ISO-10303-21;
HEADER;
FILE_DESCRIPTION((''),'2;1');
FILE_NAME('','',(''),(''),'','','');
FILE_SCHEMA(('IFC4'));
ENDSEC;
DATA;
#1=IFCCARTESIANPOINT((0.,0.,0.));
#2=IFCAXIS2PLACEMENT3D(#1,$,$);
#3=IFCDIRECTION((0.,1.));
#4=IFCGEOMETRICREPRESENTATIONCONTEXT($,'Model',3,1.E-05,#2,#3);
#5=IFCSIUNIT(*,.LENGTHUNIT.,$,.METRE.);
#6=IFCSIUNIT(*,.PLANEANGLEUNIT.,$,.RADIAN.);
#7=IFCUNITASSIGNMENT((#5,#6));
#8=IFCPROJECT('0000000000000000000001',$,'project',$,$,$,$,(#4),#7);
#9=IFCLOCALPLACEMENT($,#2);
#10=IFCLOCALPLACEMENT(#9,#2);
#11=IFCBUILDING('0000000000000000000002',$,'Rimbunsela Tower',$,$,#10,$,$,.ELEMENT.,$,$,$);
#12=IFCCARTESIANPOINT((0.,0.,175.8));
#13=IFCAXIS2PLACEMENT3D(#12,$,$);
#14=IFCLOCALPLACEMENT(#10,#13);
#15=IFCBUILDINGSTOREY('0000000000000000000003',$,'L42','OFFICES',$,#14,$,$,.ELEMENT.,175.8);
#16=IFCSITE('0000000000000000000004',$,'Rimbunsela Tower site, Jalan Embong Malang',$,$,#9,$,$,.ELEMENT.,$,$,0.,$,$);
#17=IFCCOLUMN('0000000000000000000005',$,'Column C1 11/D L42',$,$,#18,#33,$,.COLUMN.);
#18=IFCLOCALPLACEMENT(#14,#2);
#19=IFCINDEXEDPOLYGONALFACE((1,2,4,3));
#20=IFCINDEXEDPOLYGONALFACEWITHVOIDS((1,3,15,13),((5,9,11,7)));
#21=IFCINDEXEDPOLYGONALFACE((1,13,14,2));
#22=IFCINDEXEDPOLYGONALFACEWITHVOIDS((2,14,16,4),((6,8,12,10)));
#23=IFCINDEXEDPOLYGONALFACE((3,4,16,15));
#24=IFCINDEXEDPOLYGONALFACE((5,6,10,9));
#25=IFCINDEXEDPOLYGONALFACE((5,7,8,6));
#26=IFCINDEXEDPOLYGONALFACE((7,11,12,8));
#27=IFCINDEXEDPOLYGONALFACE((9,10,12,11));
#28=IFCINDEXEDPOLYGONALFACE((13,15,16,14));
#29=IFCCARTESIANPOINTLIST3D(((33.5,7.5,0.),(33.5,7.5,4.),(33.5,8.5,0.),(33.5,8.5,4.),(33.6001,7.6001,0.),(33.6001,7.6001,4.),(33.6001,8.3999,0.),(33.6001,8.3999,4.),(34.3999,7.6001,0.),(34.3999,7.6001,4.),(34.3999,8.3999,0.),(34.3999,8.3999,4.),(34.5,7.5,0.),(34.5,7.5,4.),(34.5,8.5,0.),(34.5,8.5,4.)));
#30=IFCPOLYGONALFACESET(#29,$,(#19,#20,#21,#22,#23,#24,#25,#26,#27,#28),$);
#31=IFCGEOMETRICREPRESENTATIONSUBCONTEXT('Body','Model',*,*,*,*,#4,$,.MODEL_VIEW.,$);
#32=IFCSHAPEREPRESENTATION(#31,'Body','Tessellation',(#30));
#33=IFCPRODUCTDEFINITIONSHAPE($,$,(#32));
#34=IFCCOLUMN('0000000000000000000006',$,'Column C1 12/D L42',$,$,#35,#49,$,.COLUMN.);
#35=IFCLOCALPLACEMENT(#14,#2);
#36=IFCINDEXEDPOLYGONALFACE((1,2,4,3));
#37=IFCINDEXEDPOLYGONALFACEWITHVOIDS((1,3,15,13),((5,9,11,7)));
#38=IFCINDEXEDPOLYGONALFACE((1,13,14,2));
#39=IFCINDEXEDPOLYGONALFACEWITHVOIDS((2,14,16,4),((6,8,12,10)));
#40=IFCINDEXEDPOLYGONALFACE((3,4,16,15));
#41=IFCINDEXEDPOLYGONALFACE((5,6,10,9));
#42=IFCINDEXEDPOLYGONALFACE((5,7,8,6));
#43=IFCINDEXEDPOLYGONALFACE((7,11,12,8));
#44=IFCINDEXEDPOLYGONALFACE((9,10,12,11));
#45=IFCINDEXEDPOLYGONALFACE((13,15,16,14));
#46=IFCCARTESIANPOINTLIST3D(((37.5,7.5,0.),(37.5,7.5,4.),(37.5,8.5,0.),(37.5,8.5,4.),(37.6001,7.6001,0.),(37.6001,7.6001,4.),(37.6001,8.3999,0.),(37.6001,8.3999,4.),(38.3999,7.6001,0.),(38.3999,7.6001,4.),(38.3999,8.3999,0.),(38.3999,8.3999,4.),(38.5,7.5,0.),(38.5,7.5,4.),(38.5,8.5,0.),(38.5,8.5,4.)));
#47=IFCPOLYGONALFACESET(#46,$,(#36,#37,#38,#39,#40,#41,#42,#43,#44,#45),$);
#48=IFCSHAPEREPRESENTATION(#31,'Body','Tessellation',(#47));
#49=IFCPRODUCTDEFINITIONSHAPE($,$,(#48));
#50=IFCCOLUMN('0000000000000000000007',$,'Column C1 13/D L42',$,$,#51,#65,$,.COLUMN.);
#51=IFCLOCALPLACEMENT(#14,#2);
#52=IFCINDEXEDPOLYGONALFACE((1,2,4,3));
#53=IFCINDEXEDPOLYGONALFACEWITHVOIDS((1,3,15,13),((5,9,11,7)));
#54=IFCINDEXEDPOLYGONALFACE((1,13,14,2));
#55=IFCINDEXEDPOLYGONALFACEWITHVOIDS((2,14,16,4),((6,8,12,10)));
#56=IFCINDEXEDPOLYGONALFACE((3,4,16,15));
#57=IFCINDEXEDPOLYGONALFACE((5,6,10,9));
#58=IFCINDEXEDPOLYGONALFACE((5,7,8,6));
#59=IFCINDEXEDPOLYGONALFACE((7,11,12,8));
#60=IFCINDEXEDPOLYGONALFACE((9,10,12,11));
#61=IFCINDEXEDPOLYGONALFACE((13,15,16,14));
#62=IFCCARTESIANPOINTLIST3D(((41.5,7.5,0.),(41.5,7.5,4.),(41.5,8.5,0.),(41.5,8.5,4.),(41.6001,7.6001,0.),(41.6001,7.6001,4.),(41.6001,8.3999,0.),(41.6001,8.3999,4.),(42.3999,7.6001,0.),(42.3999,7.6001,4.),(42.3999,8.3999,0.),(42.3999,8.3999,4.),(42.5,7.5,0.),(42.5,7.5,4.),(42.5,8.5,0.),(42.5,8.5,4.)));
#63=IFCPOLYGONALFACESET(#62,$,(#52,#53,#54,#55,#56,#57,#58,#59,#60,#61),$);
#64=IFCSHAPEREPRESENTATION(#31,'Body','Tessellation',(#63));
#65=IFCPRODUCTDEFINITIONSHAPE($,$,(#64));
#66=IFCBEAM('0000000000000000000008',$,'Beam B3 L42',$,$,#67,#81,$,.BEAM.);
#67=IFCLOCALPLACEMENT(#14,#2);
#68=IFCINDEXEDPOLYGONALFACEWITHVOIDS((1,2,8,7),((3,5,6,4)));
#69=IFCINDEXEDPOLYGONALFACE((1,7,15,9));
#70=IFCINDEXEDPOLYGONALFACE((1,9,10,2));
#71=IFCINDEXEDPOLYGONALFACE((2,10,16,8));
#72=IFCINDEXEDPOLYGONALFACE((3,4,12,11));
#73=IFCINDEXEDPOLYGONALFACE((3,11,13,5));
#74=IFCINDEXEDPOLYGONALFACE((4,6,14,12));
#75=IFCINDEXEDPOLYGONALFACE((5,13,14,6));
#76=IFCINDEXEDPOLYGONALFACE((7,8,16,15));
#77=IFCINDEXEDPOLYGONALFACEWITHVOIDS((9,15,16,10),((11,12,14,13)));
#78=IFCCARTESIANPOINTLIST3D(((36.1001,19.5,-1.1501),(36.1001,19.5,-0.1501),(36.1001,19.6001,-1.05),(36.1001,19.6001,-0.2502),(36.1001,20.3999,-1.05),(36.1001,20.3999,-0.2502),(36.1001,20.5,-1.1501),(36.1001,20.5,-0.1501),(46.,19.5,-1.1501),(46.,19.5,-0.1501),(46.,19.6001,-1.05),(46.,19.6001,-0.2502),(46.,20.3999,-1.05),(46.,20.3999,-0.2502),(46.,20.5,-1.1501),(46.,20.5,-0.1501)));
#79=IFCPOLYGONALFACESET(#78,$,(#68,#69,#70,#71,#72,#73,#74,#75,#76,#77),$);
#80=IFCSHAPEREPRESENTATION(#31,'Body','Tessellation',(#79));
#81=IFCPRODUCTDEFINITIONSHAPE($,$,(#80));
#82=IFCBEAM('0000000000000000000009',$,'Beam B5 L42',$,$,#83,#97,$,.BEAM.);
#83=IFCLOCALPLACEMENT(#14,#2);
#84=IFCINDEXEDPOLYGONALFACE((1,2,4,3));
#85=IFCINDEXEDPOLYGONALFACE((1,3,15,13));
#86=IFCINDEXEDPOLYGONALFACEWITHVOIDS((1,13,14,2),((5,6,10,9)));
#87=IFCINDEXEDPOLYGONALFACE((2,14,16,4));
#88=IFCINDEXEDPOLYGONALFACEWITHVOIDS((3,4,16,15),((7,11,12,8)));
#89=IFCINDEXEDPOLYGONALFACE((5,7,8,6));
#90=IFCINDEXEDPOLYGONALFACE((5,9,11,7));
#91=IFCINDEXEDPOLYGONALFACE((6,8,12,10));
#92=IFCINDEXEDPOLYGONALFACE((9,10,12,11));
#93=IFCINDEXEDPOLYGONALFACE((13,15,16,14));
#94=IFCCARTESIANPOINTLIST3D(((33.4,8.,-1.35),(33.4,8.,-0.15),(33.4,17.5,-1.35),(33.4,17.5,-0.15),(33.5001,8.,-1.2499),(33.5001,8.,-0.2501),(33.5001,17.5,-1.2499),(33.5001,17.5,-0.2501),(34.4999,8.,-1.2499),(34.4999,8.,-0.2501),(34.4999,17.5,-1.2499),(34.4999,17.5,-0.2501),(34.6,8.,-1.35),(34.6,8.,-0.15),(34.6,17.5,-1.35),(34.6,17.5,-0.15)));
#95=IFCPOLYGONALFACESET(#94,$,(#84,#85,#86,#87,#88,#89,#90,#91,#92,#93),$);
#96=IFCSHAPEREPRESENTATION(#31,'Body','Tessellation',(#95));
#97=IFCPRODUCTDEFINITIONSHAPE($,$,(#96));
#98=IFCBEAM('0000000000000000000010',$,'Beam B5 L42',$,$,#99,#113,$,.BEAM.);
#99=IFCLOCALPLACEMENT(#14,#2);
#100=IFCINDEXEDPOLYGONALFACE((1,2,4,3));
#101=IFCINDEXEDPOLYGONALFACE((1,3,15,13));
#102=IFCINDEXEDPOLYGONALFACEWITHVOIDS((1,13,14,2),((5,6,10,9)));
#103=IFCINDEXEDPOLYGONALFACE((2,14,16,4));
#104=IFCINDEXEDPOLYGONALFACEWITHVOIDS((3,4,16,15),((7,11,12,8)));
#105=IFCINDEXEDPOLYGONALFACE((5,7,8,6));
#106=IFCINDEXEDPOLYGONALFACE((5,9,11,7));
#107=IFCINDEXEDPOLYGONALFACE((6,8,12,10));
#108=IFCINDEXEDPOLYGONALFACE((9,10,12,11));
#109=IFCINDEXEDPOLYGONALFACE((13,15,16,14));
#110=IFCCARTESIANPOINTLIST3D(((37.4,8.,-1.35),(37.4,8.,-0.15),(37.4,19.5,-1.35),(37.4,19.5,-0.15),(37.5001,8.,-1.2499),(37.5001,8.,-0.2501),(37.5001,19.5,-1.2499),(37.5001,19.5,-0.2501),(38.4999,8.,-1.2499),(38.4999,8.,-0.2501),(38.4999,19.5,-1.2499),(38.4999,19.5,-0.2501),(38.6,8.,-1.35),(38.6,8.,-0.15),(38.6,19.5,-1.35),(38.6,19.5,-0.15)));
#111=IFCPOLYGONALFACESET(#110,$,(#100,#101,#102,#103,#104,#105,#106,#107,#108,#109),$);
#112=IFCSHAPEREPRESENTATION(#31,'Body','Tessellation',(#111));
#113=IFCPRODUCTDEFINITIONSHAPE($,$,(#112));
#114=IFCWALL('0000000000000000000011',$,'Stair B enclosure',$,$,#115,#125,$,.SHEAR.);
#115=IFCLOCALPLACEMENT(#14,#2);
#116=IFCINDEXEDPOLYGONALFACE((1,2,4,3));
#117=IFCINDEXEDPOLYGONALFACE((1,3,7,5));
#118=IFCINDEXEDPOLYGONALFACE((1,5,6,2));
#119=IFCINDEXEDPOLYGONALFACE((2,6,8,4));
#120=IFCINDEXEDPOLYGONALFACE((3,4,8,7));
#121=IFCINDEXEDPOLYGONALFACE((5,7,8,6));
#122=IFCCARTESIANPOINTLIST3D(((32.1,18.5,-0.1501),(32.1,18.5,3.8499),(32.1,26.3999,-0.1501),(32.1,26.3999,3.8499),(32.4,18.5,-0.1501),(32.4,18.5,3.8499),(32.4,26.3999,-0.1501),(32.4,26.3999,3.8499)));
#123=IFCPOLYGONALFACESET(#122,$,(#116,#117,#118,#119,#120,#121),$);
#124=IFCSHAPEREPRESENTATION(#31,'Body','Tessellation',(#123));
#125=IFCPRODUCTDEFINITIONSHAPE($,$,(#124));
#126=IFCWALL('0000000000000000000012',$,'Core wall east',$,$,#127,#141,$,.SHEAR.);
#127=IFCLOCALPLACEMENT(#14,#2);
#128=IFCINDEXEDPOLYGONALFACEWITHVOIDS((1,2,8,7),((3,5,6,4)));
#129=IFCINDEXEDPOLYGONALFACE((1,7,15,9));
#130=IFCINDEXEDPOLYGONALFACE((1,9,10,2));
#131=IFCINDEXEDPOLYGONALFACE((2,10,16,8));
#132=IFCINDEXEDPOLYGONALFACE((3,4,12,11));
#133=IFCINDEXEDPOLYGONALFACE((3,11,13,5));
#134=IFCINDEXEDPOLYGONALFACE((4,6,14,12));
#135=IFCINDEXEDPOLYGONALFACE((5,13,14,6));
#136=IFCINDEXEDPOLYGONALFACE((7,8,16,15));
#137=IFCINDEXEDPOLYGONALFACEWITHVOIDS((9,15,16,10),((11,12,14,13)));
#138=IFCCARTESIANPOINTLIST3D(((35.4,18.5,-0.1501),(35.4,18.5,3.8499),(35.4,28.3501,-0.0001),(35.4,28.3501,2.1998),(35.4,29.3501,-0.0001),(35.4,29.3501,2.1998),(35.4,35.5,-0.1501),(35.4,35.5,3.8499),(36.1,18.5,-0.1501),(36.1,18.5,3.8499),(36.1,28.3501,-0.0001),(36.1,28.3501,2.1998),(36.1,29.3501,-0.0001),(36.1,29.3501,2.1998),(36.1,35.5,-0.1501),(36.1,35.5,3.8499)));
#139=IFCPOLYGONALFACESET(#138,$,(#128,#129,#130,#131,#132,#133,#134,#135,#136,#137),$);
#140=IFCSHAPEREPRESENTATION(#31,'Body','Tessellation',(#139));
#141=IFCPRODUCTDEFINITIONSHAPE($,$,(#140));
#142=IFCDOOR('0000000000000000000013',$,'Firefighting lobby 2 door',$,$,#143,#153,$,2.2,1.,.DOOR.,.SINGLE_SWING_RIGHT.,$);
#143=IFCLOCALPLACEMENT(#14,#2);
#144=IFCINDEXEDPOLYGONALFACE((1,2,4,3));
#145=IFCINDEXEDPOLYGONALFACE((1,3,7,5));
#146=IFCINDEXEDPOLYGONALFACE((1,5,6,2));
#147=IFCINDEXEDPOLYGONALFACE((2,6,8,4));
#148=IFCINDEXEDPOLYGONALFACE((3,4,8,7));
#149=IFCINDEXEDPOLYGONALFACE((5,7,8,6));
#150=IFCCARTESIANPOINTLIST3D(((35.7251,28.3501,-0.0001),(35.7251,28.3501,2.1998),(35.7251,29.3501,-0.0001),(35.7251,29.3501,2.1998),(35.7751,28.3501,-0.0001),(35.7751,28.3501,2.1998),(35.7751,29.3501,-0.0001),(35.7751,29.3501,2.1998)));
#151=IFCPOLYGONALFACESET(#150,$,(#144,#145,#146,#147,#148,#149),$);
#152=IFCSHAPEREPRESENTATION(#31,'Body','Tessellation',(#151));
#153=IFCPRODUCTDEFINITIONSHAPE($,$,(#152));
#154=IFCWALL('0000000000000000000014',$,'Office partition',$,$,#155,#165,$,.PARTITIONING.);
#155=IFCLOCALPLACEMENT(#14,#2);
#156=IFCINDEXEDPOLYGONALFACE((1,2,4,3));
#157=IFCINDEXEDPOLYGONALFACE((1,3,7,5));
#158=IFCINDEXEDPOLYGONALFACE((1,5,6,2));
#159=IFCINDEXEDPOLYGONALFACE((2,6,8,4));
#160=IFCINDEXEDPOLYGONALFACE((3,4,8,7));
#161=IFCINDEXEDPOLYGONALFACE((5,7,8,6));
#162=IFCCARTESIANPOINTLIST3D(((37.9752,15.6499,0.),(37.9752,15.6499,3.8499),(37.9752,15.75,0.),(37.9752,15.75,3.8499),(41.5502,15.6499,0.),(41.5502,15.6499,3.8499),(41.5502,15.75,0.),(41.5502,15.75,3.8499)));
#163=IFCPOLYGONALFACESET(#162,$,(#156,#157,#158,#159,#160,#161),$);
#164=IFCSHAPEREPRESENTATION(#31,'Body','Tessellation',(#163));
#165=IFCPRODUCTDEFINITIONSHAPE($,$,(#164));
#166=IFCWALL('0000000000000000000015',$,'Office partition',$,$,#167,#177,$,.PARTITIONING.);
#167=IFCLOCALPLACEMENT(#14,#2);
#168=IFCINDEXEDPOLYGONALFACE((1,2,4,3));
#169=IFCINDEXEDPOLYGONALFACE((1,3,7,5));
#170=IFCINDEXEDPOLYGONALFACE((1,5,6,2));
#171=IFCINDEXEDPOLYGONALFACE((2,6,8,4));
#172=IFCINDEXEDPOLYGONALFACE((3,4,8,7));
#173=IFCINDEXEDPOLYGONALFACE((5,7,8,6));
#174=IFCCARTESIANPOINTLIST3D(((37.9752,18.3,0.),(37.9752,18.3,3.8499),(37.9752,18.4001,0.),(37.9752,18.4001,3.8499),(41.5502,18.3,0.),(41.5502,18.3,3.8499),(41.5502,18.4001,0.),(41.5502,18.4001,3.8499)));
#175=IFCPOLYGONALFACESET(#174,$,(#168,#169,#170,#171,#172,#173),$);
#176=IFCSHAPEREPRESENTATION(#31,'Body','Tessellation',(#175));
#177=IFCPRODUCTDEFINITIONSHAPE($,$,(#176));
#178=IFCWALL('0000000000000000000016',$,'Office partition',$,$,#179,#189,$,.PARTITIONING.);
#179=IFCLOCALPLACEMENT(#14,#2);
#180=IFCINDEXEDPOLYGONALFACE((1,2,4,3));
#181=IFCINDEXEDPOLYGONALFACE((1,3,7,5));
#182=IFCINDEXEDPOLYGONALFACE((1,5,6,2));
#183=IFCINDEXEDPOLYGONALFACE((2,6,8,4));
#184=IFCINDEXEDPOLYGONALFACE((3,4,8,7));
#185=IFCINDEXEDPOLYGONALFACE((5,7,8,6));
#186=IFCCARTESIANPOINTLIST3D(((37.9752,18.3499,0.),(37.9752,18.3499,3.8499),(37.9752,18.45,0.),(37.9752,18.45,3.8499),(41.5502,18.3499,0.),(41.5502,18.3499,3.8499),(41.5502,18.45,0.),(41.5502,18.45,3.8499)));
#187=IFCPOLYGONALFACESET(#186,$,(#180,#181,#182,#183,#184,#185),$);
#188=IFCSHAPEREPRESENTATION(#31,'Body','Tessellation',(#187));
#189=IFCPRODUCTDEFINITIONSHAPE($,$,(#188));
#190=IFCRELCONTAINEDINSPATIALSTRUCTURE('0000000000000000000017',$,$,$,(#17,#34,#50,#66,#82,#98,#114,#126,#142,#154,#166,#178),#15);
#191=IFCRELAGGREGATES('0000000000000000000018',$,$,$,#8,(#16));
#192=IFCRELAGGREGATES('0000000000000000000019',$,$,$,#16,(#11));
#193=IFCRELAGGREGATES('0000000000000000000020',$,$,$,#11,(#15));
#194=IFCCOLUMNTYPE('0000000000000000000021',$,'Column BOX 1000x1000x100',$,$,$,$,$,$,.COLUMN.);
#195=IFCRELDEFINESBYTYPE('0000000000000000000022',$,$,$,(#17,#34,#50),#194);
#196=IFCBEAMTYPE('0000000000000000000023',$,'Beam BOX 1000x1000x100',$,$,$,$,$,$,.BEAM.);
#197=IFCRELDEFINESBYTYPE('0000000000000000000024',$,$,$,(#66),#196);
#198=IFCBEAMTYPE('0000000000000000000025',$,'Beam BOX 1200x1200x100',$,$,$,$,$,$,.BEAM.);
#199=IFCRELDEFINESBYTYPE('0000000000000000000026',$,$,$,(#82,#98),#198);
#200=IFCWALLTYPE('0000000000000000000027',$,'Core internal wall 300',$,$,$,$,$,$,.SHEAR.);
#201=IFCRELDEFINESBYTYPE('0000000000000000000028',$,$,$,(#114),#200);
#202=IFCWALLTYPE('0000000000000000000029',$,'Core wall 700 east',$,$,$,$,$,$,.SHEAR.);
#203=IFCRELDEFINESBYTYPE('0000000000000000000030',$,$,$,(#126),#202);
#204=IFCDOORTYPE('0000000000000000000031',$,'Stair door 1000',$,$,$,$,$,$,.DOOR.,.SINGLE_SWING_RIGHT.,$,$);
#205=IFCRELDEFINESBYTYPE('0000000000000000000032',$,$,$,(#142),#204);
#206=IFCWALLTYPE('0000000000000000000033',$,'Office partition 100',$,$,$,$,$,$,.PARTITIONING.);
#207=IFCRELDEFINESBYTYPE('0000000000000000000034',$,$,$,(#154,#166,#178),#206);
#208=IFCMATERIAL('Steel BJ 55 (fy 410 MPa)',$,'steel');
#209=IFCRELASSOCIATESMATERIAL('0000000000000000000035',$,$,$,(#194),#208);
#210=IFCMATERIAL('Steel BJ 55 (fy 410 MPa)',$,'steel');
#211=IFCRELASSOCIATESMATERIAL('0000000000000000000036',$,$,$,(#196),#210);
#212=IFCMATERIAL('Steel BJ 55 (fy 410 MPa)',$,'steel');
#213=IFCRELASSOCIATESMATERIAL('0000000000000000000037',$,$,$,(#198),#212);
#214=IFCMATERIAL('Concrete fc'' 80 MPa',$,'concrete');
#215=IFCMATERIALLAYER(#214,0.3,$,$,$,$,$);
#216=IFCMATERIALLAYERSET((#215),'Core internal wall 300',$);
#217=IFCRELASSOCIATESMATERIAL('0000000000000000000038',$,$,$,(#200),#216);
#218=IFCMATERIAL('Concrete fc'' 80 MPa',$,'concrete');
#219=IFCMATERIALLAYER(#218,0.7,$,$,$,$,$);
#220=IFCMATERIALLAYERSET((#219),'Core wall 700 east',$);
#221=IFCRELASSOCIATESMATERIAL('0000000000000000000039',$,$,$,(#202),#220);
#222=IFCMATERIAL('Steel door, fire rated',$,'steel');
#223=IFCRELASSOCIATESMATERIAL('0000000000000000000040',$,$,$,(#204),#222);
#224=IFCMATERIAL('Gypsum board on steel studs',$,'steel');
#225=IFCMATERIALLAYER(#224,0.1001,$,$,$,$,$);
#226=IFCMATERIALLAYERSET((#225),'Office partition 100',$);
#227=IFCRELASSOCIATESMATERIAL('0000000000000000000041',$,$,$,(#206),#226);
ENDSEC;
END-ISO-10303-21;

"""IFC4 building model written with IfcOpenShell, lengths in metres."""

from ifc_helpers import new_model, si_unit, direction, frame, frame_2d, origin, origin_2d, place, context, subcontext, project, spatial, rectangle, hollow_rectangle, extrude, material, layer, layer_set, material_profile, profile_set, type_object, element, fill, save


model = new_model("IFC4")

# Units and contexts
model_context = context("Model", 3, precision=1e-05, world=origin(), true_north=direction((0.0, 1.0)))
body_context = subcontext(model_context, "Body", "Model", "MODEL_VIEW")
ifc_project = project(units=[si_unit("LENGTHUNIT", "METRE"), si_unit("PLANEANGLEUNIT", "RADIAN")], contexts=[model_context])

# Site, building, storey
site_placement = place(None, origin())
site = spatial("IfcSite", under=ifc_project, at=site_placement, Name="Rimbunsela Tower site, Jalan Embong Malang", CompositionType="ELEMENT", RefElevation=0.0)
building_placement = place(site_placement, origin())
building = spatial("IfcBuilding", under=site, at=building_placement, Name="Rimbunsela Tower", CompositionType="ELEMENT")
storey_placement = place(building_placement, frame((0.0, 0.0, 175.8)))
storey = spatial("IfcBuildingStorey", under=building, at=storey_placement, Name="L42", Description="OFFICES", CompositionType="ELEMENT", Elevation=175.8)

# Columns
ifc_material_1 = material(Name="Steel BJ 55 (fy 410 MPa)", Category="steel")
ifc_material_profile_1 = material_profile(ifc_material_1, hollow_rectangle(XDim=1.0, YDim=1.0, WallThickness=0.1001, at=origin_2d()), Name="BOX 1000x1000x100")
ifc_profile_set_1 = profile_set([ifc_material_profile_1], Name="Steel BJ 55 (fy 410 MPa)")
column_type = type_object("IfcColumnType", Name="Column BOX 1000x1000x100", PredefinedType="COLUMN", material=ifc_profile_set_1)
for number, where, z_axis, x_axis, name in (
    (1, (34.0, 8.0, 0.0), (0.0, 0.0, 1.0), (1.0, 0.0, 0.0), "Column C1 11/D L42"),
    (2, (38.0, 8.0, 0.0), (0.0, 0.0, 1.0), (1.0, 0.0, 0.0), "Column C1 12/D L42"),
    (3, (42.0, 8.0, 0.0), (0.0, 0.0, 1.0), (1.0, 0.0, 0.0), "Column C1 13/D L42"),
):
    element("IfcColumn", number, at=place(storey_placement, frame(where, z_axis=z_axis, x_axis=x_axis)), inside=storey, type_object=column_type, Name=name, PredefinedType="COLUMN", context=body_context, shape_type="SweptSolid", body=[
        extrude(hollow_rectangle(XDim=1.0, YDim=1.0, WallThickness=0.1001, at=origin_2d()), origin(), (0.0, 0.0, 1.0), 4.0),
    ])

# Beams
ifc_material_2 = material(Name="Steel BJ 55 (fy 410 MPa)", Category="steel")
ifc_material_profile_2 = material_profile(ifc_material_2, hollow_rectangle(XDim=1.0, YDim=1.0, WallThickness=0.1001, at=origin_2d()), Name="BOX 1000x1000x100")
ifc_profile_set_2 = profile_set([ifc_material_profile_2], Name="Steel BJ 55 (fy 410 MPa)")
beam_type_1 = type_object("IfcBeamType", Name="Beam BOX 1000x1000x100", PredefinedType="BEAM", material=ifc_profile_set_2)
beam_1_placement = place(storey_placement, frame((36.1001, 20.0, -0.6501), z_axis=(1.0, 0.0, 0.0), x_axis=(0.0, 1.0, 0.0)))
element("IfcBeam", 4, at=beam_1_placement, inside=storey, type_object=beam_type_1, Name="Beam B3 L42", PredefinedType="BEAM", context=body_context, shape_type="SweptSolid", body=[
    extrude(hollow_rectangle(XDim=1.0, YDim=1.0, WallThickness=0.1001, at=origin_2d()), origin(), (0.0, 0.0, 1.0), 9.8999),
])
ifc_material_3 = material(Name="Steel BJ 55 (fy 410 MPa)", Category="steel")
ifc_material_profile_3 = material_profile(ifc_material_3, hollow_rectangle(XDim=1.2, YDim=1.2, WallThickness=0.1001, at=origin_2d()), Name="BOX 1200x1200x100")
ifc_profile_set_3 = profile_set([ifc_material_profile_3], Name="Steel BJ 55 (fy 410 MPa)")
beam_type_2 = type_object("IfcBeamType", Name="Beam BOX 1200x1200x100", PredefinedType="BEAM", material=ifc_profile_set_3)
beam_2_placement = place(storey_placement, frame((34.0, 8.0, -0.75), z_axis=(0.0, 1.0, 0.0), x_axis=(-1.0, 0.0, 0.0)))
element("IfcBeam", 5, at=beam_2_placement, inside=storey, type_object=beam_type_2, Name="Beam B5 L42", PredefinedType="BEAM", context=body_context, shape_type="SweptSolid", body=[
    extrude(hollow_rectangle(XDim=1.2, YDim=1.2, WallThickness=0.1001, at=origin_2d()), origin(), (0.0, 0.0, 1.0), 9.5),
])
beam_3_placement = place(storey_placement, frame((38.0, 8.0, -0.75), z_axis=(0.0, 1.0, 0.0), x_axis=(-1.0, 0.0, 0.0)))
element("IfcBeam", 6, at=beam_3_placement, inside=storey, type_object=beam_type_2, Name="Beam B5 L42", PredefinedType="BEAM", context=body_context, shape_type="SweptSolid", body=[
    extrude(hollow_rectangle(XDim=1.2, YDim=1.2, WallThickness=0.1001, at=origin_2d()), origin(), (0.0, 0.0, 1.0), 11.5),
])

# Wall
ifc_material_4 = material(Name="Concrete fc' 80 MPa", Category="concrete")
ifc_layer_1 = layer(ifc_material_4, 0.3)
ifc_layer_set_1 = layer_set([ifc_layer_1], Name="Core internal wall 300")
wall_type_1 = type_object("IfcWallType", Name="Core internal wall 300", PredefinedType="SHEAR", material=ifc_layer_set_1)
wall_1_placement = place(storey_placement, frame((32.25, 18.5, -0.1501), z_axis=(0.0, 0.0, 1.0), x_axis=(0.0, 1.0, 0.0)))
element("IfcWall", 7, at=wall_1_placement, inside=storey, type_object=wall_type_1, Name="Stair B enclosure", PredefinedType="SHEAR", context=body_context, shape_type="SweptSolid", body=[
    extrude(rectangle(XDim=7.8999, YDim=0.3, at=frame_2d((3.95, 0.0))), origin(), (0.0, 0.0, 1.0), 4.0),
])

# Wall, opening, door
ifc_material_5 = material(Name="Concrete fc' 80 MPa", Category="concrete")
ifc_layer_2 = layer(ifc_material_5, 0.7)
ifc_layer_set_2 = layer_set([ifc_layer_2], Name="Core wall 700 east")
wall_type_2 = type_object("IfcWallType", Name="Core wall 700 east", PredefinedType="SHEAR", material=ifc_layer_set_2)
wall_2_placement = place(storey_placement, frame((35.75, 18.5, -0.1501), z_axis=(0.0, 0.0, 1.0), x_axis=(0.0, 1.0, 0.0)))
wall_2 = element("IfcWall", 8, at=wall_2_placement, inside=storey, type_object=wall_type_2, Name="Core wall east", PredefinedType="SHEAR", context=body_context, shape_type="SweptSolid", body=[
    extrude(rectangle(XDim=17.0, YDim=0.7, at=frame_2d((8.5, 0.0))), origin(), (0.0, 0.0, 1.0), 4.0),
])
opening_1_placement = place(wall_2_placement, frame((9.8501, 0.0, 0.1499)))
opening_1 = element("IfcOpeningElement", 9, at=opening_1_placement, cuts=wall_2, PredefinedType="OPENING", context=body_context, shape_type="SweptSolid", body=[
    extrude(rectangle(XDim=1.0, YDim=2.2, at=frame_2d((0.5, 1.1001))), frame((0.0, 0.3599, 0.0), z_axis=(0.0, -1.0, 0.0), x_axis=(1.0, 0.0, 0.0)), (0.0, 0.0, 1.0), 0.72),
])
ifc_material_6 = material(Name="Steel door, fire rated", Category="steel")
door_type_1 = type_object("IfcDoorType", Name="Stair door 1000", OperationType="SINGLE_SWING_RIGHT", PredefinedType="DOOR", material=ifc_material_6)
door_1_placement = place(opening_1_placement, origin())
door_1 = element("IfcDoor", 10, at=door_1_placement, inside=storey, type_object=door_type_1, Name="Firefighting lobby 2 door", OperationType="SINGLE_SWING_RIGHT", OverallHeight=2.2, OverallWidth=1.0, PredefinedType="DOOR", context=body_context, shape_type="SweptSolid", body=[
    extrude(rectangle(XDim=1.0, YDim=2.2, at=frame_2d((0.5, 1.1001))), frame((0.0, 0.0249, 0.0), z_axis=(0.0, -1.0, 0.0), x_axis=(1.0, 0.0, 0.0)), (0.0, 0.0, 1.0), 0.05),
])
fill(opening_1, door_1)

# Walls
ifc_material_7 = material(Name="Gypsum board on steel studs", Category="steel")
ifc_layer_3 = layer(ifc_material_7, 0.1001)
ifc_layer_set_3 = layer_set([ifc_layer_3], Name="Office partition 100")
wall_type_3 = type_object("IfcWallType", Name="Office partition 100", PredefinedType="PARTITIONING", material=ifc_layer_set_3)
for number, where, z_axis, x_axis, name in (
    (11, (37.9751, 15.7, 0.0), (0.0, 0.0, 1.0), (1.0, 0.0, 0.0), "Office partition"),
    (12, (37.9751, 18.3501, 0.0), (0.0, 0.0, 1.0), (1.0, 0.0, 0.0), "Office partition"),
    (13, (37.9751, 18.3999, 0.0), (0.0, 0.0, 1.0), (1.0, 0.0, 0.0), "Office partition"),
):
    element("IfcWall", number, at=place(storey_placement, frame(where, z_axis=z_axis, x_axis=x_axis)), inside=storey, type_object=wall_type_3, Name=name, PredefinedType="PARTITIONING", context=body_context, shape_type="SweptSolid", body=[
        extrude(rectangle(XDim=3.575, YDim=0.1001, at=frame_2d((1.7876, 0.0))), origin(), (0.0, 0.0, 1.0), 3.8499),
    ])

save(model, "model.ifc")
